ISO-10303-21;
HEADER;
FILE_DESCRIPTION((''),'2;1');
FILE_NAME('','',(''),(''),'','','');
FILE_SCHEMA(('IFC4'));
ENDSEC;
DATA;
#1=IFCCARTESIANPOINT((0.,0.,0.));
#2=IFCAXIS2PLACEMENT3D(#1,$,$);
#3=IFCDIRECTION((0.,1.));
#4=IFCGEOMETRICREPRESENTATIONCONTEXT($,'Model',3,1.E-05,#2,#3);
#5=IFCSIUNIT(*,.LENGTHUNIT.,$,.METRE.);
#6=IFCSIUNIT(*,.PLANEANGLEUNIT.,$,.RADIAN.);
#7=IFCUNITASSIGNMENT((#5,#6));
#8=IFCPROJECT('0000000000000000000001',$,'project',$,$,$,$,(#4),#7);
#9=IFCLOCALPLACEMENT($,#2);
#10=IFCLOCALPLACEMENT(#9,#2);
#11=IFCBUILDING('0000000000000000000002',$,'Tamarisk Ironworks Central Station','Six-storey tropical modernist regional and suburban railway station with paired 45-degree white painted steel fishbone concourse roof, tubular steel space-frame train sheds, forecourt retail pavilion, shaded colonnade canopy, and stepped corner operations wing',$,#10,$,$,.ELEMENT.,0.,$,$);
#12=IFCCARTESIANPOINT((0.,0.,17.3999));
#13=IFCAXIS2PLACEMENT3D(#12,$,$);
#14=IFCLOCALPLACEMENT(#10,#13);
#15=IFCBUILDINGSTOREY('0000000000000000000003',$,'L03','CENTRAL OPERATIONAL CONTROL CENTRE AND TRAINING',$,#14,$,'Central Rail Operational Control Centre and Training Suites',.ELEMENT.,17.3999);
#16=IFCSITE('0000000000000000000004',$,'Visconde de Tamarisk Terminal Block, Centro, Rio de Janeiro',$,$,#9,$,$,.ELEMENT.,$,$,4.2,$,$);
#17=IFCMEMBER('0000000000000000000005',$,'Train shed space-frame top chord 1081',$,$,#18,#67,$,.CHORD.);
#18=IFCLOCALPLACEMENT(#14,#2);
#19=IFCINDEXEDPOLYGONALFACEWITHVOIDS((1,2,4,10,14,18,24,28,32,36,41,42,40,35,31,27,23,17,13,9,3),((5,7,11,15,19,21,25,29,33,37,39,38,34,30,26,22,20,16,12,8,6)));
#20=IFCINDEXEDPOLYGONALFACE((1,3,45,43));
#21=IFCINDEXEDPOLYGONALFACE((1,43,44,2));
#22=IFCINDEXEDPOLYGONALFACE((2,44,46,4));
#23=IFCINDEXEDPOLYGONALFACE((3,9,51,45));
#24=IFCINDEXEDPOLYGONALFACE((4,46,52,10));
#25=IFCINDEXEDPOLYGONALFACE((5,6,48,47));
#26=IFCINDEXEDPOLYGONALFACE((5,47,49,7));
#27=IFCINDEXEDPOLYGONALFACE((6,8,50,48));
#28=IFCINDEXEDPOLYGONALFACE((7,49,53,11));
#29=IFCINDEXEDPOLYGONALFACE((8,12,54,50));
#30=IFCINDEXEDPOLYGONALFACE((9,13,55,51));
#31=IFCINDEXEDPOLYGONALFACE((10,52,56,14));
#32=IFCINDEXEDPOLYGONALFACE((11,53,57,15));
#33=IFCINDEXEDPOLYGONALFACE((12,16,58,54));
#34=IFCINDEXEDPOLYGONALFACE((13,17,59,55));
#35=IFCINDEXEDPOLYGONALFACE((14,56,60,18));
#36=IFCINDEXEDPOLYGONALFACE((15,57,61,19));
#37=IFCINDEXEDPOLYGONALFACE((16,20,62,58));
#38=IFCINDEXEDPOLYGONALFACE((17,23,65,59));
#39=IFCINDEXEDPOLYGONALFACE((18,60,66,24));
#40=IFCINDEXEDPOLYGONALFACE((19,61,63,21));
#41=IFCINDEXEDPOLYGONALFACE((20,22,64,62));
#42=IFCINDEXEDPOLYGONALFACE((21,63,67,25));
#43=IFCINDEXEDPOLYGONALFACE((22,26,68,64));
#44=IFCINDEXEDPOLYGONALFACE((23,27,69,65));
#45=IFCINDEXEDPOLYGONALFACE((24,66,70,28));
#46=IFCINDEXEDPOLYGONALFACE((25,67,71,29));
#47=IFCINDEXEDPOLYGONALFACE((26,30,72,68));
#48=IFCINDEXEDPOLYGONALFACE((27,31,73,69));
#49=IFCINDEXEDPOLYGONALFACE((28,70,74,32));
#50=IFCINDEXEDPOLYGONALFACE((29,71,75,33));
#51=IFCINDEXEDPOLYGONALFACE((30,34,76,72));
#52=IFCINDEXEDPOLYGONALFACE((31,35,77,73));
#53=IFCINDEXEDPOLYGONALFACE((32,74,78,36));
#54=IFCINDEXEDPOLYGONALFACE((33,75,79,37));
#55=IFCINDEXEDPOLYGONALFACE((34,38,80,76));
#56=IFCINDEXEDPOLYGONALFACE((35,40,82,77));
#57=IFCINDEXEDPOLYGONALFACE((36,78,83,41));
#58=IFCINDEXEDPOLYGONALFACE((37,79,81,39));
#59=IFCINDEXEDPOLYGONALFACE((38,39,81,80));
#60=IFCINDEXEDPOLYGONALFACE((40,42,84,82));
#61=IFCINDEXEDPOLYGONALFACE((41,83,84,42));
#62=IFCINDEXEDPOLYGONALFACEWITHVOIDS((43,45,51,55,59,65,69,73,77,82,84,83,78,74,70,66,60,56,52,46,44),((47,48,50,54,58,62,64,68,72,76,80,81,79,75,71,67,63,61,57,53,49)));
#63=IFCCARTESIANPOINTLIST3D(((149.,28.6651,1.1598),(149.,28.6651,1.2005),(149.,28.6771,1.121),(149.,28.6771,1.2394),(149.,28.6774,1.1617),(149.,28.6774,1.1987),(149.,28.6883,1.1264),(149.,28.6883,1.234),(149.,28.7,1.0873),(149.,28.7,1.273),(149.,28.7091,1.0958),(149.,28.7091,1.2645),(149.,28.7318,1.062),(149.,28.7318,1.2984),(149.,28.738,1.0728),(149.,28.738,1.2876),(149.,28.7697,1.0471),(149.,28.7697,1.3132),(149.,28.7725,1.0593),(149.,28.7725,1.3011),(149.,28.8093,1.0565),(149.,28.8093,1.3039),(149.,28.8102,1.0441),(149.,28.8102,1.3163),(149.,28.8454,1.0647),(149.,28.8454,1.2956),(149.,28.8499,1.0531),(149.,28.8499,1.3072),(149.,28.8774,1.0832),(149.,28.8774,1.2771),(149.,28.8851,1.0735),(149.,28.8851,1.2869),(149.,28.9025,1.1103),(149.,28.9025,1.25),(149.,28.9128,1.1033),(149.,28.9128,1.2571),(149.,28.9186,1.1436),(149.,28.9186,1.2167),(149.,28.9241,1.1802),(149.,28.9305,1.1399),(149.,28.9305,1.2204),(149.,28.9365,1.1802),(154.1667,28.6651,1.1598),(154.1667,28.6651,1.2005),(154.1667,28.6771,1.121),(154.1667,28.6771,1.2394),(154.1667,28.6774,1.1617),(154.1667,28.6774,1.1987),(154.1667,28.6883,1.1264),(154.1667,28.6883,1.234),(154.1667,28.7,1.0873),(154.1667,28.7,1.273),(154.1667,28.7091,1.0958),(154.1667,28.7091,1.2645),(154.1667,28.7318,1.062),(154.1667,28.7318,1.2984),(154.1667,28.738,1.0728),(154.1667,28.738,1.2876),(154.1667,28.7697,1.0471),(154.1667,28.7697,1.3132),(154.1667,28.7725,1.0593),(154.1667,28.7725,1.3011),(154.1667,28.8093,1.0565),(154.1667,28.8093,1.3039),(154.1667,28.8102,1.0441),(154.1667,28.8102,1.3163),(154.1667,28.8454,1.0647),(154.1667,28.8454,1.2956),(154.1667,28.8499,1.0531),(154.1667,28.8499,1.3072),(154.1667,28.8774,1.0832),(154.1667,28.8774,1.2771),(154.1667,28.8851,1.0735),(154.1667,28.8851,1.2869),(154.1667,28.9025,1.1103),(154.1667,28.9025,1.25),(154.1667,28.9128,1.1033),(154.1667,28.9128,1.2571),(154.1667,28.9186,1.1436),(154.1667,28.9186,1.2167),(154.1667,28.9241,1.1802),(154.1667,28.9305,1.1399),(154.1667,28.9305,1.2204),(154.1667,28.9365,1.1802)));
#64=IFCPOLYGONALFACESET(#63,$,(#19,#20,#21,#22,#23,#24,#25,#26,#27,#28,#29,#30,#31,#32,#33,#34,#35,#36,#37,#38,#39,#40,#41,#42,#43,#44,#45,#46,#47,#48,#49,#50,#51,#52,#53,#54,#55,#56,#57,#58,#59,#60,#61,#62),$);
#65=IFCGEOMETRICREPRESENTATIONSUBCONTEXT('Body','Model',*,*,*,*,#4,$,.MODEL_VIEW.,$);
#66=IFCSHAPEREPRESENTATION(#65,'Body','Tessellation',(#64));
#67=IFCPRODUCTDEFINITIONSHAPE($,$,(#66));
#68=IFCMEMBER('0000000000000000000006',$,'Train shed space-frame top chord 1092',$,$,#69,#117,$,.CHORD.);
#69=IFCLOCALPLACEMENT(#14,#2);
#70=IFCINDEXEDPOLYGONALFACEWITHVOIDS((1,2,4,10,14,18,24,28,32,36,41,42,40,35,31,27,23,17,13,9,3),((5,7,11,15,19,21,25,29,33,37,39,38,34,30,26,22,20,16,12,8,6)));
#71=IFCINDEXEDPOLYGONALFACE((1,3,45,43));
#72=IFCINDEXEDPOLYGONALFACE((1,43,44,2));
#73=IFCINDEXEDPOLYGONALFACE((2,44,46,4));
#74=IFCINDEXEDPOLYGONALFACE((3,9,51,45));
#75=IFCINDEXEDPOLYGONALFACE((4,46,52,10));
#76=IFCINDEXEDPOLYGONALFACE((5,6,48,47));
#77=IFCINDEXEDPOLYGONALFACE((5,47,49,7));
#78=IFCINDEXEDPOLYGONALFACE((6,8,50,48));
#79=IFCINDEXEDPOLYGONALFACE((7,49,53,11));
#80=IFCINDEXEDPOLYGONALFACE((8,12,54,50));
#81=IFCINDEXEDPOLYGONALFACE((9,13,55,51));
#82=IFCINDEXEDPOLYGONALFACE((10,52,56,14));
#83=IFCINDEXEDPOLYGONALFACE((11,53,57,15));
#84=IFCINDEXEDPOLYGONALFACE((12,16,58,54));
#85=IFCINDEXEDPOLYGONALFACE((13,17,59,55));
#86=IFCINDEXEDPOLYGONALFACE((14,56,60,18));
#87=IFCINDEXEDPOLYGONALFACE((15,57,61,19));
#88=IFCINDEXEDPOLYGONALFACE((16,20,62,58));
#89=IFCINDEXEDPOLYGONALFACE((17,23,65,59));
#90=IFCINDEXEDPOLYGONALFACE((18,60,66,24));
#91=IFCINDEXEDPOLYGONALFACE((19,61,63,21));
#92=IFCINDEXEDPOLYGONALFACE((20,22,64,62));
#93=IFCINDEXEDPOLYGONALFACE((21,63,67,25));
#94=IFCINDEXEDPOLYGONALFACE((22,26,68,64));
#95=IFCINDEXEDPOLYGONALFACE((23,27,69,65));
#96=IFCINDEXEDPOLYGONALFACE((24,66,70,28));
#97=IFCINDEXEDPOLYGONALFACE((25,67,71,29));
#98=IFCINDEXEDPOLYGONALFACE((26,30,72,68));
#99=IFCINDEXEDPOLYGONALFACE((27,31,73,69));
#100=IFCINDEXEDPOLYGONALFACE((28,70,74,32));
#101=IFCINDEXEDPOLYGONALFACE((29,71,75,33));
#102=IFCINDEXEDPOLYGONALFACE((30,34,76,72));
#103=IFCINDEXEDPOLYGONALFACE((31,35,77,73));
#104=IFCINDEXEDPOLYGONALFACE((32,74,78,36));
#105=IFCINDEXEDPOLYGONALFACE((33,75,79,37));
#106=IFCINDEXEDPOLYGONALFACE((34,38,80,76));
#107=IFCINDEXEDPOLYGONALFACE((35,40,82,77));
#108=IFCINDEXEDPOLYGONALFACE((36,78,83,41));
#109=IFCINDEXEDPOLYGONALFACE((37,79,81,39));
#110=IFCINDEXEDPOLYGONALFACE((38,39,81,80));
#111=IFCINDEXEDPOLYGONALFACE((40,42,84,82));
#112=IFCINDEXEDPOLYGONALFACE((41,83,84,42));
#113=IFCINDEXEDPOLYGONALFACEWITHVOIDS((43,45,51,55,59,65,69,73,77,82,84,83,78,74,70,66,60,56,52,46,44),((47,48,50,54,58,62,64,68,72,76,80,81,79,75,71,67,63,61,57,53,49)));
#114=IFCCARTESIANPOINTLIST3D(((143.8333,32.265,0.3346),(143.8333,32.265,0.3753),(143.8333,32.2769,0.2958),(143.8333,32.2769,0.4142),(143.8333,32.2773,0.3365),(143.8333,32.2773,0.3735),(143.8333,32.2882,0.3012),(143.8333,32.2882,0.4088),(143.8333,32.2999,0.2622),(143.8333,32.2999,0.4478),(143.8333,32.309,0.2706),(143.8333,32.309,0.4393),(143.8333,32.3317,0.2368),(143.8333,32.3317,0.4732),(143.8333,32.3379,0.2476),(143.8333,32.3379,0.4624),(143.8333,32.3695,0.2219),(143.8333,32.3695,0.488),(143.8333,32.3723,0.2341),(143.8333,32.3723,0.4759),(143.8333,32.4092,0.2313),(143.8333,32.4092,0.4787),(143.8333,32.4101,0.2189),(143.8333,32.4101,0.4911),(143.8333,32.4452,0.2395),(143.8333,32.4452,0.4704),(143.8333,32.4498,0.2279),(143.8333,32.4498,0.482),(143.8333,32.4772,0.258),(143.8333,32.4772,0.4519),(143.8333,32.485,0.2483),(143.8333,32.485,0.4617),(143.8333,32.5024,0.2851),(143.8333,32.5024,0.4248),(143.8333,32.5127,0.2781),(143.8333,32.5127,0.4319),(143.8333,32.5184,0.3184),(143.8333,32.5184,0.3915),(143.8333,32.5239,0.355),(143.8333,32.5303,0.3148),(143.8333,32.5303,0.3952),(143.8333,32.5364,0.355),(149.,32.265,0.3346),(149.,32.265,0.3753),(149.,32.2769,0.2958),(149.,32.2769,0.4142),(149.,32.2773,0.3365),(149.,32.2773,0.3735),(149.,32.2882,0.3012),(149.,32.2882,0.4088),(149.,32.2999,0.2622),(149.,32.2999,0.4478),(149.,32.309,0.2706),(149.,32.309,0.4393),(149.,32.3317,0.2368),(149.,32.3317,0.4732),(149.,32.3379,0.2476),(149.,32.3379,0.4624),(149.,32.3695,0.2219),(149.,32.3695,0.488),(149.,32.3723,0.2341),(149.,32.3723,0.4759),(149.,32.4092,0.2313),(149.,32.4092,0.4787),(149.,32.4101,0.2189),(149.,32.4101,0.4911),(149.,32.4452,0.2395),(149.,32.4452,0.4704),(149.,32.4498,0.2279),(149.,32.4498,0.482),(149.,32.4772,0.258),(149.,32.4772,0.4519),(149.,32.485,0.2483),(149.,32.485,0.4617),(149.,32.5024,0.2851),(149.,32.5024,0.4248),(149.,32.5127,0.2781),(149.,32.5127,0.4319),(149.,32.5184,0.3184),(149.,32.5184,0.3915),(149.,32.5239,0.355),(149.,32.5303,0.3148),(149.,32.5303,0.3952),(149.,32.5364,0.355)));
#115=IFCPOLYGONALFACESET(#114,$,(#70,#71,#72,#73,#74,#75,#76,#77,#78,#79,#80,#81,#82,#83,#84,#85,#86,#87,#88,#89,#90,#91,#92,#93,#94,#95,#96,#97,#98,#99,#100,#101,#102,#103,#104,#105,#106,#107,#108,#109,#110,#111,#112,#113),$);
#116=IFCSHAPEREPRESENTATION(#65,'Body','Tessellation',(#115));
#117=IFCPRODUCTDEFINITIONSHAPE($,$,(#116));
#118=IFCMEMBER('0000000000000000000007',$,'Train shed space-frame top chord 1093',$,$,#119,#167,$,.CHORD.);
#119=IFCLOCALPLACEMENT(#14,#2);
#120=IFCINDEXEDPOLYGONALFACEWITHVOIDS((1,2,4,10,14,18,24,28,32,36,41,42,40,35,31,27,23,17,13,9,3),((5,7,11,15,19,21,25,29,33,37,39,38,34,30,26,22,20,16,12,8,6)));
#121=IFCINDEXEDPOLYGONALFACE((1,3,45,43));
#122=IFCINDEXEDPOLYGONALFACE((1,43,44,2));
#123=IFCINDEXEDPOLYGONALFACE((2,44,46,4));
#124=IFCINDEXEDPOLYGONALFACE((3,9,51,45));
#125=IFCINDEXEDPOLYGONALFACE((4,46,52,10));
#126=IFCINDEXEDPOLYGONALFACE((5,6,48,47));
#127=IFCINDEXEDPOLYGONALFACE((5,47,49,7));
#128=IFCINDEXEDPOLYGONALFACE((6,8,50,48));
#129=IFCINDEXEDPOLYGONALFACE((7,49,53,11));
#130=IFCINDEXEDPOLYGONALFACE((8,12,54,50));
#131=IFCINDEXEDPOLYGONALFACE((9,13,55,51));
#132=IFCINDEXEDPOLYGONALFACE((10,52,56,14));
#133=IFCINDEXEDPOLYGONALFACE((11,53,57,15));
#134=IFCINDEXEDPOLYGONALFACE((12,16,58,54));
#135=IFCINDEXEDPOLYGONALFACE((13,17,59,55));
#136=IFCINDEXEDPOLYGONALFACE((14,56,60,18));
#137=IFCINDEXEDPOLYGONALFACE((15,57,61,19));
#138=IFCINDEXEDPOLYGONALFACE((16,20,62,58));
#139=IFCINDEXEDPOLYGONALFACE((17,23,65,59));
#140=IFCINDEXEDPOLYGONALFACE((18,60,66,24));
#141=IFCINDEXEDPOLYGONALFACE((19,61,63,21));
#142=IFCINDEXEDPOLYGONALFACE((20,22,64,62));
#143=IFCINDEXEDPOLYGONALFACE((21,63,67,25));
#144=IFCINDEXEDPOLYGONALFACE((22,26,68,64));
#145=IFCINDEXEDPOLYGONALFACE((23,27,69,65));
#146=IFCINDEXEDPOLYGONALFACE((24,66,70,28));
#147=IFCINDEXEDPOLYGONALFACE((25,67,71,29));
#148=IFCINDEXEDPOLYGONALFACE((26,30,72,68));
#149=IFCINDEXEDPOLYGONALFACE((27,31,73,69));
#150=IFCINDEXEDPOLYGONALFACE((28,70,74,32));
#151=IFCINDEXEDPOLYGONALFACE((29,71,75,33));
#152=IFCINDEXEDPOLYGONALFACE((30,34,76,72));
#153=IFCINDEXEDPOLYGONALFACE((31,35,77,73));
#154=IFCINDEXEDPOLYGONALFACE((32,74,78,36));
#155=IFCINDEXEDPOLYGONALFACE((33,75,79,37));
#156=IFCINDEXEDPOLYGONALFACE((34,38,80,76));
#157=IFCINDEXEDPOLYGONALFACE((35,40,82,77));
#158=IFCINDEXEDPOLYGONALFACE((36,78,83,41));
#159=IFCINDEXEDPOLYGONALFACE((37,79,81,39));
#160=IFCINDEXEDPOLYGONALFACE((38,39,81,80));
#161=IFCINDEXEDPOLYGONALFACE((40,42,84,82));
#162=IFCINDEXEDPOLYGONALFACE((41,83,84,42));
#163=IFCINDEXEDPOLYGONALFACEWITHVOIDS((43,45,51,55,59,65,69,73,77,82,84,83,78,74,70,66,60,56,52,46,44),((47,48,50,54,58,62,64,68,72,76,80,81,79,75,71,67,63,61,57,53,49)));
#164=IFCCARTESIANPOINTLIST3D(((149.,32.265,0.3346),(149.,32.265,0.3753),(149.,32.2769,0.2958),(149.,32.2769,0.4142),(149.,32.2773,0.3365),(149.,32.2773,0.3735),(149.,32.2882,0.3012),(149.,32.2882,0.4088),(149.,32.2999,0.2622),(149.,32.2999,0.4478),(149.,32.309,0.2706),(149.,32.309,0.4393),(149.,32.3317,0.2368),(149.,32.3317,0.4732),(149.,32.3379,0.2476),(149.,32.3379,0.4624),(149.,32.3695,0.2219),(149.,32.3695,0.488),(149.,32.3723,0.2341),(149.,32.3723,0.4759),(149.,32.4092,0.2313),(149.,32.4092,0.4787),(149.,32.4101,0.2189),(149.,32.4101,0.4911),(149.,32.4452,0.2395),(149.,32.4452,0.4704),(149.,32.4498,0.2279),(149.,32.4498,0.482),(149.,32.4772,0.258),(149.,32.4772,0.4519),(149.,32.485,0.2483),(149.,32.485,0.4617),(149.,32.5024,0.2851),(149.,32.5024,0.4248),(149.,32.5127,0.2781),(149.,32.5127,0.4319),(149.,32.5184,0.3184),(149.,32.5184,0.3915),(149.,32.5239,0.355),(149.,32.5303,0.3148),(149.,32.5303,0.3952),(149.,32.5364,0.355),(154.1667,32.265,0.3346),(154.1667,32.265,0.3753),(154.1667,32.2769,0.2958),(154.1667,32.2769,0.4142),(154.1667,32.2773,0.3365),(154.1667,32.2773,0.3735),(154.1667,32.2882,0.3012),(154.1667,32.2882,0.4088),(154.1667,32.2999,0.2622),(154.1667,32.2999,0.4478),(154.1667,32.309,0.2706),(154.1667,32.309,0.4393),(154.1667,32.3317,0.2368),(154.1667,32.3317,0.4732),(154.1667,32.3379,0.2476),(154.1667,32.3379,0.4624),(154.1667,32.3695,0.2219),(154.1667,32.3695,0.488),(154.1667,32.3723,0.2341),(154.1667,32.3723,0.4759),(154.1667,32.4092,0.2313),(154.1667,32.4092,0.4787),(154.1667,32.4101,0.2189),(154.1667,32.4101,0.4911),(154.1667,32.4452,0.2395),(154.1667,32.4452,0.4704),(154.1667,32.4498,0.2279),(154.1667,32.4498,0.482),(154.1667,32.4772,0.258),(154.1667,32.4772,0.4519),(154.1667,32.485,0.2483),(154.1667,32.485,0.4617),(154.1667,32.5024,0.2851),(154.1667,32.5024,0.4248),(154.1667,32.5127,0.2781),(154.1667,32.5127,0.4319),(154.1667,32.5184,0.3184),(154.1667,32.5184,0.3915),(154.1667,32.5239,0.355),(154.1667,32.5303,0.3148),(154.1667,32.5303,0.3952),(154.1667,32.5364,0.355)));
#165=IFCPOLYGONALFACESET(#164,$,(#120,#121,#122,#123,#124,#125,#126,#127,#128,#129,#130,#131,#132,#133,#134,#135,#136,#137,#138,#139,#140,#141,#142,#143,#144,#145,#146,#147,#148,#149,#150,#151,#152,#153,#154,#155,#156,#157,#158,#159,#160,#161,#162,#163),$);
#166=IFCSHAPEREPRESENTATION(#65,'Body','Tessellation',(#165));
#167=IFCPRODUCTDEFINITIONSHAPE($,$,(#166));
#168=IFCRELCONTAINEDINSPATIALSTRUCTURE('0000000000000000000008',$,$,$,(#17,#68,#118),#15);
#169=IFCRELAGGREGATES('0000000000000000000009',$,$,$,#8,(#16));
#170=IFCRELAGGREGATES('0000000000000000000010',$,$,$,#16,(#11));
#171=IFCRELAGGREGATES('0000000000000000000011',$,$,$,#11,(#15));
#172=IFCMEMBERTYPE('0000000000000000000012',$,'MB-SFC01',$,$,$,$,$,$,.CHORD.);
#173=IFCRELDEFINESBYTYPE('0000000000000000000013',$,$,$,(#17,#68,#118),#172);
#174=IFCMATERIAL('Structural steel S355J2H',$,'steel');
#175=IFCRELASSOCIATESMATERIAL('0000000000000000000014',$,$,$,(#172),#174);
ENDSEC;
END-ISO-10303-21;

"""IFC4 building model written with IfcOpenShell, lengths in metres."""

from ifc_helpers import new_model, si_unit, direction, frame, origin, origin_2d, place, context, subcontext, project, spatial, hollow_circle, extrude, material, material_profile, profile_set, type_object, element, save


model = new_model("IFC4")

# Units and contexts
model_context = context("Model", 3, precision=1e-05, world=origin(), true_north=direction((0.0, 1.0)))
body_context = subcontext(model_context, "Body", "Model", "MODEL_VIEW")
ifc_project = project(units=[si_unit("LENGTHUNIT", "METRE"), si_unit("PLANEANGLEUNIT", "RADIAN")], contexts=[model_context])

# Site, building, storey
site_placement = place(None, origin())
site = spatial("IfcSite", under=ifc_project, at=site_placement, Name="Visconde de Tamarisk Terminal Block, Centro, Rio de Janeiro", CompositionType="ELEMENT", RefElevation=4.2)
building_placement = place(site_placement, origin())
building = spatial("IfcBuilding", under=site, at=building_placement, Name="Tamarisk Ironworks Central Station", Description="Six-storey tropical modernist regional and suburban railway station with paired 45-degree white painted steel fishbone concourse roof, tubular steel space-frame train sheds, forecourt retail pavilion, shaded colonnade canopy, and stepped corner operations wing", CompositionType="ELEMENT", ElevationOfRefHeight=0.0)
storey_placement = place(building_placement, frame((0.0, 0.0, 17.3999)))
storey = spatial("IfcBuildingStorey", under=building, at=storey_placement, Name="L03", Description="CENTRAL OPERATIONAL CONTROL CENTRE AND TRAINING", LongName="Central Rail Operational Control Centre and Training Suites", CompositionType="ELEMENT", Elevation=17.3999)

# Members
ifc_material = material(Name="Structural steel S355J2H", Category="steel")
ifc_material_profile_1 = material_profile(ifc_material, hollow_circle(Radius=0.1365, WallThickness=0.0125, at=origin_2d()), Name="CHS 273x12.5")
ifc_profile_set_1 = profile_set([ifc_material_profile_1], Name="Structural steel S355J2H")
member_type_1 = type_object("IfcMemberType", Name="MB-SFC01", PredefinedType="CHORD", material=ifc_profile_set_1)
for number, where, z_axis, x_axis, name in (
    (1, (149.0, 28.8, 1.1802), (1.0, 0.0, 0.0), (0.0, 1.0, 0.0), "Train shed space-frame top chord 1081"),
    (2, (143.8333, 32.3999, 0.355), (1.0, 0.0, 0.0), (0.0, 1.0, 0.0), "Train shed space-frame top chord 1092"),
    (3, (149.0, 32.3999, 0.355), (1.0, 0.0, 0.0), (0.0, 1.0, 0.0), "Train shed space-frame top chord 1093"),
):
    element("IfcMember", number, at=place(storey_placement, frame(where, z_axis=z_axis, x_axis=x_axis)), inside=storey, type_object=member_type_1, Name=name, PredefinedType="CHORD", context=body_context, shape_type="SweptSolid", body=[
        extrude(hollow_circle(Radius=0.1365, WallThickness=0.0125, at=origin_2d()), origin(), (0.0, 0.0, 1.0), 5.1667),
    ])

save(model, "model.ifc")
